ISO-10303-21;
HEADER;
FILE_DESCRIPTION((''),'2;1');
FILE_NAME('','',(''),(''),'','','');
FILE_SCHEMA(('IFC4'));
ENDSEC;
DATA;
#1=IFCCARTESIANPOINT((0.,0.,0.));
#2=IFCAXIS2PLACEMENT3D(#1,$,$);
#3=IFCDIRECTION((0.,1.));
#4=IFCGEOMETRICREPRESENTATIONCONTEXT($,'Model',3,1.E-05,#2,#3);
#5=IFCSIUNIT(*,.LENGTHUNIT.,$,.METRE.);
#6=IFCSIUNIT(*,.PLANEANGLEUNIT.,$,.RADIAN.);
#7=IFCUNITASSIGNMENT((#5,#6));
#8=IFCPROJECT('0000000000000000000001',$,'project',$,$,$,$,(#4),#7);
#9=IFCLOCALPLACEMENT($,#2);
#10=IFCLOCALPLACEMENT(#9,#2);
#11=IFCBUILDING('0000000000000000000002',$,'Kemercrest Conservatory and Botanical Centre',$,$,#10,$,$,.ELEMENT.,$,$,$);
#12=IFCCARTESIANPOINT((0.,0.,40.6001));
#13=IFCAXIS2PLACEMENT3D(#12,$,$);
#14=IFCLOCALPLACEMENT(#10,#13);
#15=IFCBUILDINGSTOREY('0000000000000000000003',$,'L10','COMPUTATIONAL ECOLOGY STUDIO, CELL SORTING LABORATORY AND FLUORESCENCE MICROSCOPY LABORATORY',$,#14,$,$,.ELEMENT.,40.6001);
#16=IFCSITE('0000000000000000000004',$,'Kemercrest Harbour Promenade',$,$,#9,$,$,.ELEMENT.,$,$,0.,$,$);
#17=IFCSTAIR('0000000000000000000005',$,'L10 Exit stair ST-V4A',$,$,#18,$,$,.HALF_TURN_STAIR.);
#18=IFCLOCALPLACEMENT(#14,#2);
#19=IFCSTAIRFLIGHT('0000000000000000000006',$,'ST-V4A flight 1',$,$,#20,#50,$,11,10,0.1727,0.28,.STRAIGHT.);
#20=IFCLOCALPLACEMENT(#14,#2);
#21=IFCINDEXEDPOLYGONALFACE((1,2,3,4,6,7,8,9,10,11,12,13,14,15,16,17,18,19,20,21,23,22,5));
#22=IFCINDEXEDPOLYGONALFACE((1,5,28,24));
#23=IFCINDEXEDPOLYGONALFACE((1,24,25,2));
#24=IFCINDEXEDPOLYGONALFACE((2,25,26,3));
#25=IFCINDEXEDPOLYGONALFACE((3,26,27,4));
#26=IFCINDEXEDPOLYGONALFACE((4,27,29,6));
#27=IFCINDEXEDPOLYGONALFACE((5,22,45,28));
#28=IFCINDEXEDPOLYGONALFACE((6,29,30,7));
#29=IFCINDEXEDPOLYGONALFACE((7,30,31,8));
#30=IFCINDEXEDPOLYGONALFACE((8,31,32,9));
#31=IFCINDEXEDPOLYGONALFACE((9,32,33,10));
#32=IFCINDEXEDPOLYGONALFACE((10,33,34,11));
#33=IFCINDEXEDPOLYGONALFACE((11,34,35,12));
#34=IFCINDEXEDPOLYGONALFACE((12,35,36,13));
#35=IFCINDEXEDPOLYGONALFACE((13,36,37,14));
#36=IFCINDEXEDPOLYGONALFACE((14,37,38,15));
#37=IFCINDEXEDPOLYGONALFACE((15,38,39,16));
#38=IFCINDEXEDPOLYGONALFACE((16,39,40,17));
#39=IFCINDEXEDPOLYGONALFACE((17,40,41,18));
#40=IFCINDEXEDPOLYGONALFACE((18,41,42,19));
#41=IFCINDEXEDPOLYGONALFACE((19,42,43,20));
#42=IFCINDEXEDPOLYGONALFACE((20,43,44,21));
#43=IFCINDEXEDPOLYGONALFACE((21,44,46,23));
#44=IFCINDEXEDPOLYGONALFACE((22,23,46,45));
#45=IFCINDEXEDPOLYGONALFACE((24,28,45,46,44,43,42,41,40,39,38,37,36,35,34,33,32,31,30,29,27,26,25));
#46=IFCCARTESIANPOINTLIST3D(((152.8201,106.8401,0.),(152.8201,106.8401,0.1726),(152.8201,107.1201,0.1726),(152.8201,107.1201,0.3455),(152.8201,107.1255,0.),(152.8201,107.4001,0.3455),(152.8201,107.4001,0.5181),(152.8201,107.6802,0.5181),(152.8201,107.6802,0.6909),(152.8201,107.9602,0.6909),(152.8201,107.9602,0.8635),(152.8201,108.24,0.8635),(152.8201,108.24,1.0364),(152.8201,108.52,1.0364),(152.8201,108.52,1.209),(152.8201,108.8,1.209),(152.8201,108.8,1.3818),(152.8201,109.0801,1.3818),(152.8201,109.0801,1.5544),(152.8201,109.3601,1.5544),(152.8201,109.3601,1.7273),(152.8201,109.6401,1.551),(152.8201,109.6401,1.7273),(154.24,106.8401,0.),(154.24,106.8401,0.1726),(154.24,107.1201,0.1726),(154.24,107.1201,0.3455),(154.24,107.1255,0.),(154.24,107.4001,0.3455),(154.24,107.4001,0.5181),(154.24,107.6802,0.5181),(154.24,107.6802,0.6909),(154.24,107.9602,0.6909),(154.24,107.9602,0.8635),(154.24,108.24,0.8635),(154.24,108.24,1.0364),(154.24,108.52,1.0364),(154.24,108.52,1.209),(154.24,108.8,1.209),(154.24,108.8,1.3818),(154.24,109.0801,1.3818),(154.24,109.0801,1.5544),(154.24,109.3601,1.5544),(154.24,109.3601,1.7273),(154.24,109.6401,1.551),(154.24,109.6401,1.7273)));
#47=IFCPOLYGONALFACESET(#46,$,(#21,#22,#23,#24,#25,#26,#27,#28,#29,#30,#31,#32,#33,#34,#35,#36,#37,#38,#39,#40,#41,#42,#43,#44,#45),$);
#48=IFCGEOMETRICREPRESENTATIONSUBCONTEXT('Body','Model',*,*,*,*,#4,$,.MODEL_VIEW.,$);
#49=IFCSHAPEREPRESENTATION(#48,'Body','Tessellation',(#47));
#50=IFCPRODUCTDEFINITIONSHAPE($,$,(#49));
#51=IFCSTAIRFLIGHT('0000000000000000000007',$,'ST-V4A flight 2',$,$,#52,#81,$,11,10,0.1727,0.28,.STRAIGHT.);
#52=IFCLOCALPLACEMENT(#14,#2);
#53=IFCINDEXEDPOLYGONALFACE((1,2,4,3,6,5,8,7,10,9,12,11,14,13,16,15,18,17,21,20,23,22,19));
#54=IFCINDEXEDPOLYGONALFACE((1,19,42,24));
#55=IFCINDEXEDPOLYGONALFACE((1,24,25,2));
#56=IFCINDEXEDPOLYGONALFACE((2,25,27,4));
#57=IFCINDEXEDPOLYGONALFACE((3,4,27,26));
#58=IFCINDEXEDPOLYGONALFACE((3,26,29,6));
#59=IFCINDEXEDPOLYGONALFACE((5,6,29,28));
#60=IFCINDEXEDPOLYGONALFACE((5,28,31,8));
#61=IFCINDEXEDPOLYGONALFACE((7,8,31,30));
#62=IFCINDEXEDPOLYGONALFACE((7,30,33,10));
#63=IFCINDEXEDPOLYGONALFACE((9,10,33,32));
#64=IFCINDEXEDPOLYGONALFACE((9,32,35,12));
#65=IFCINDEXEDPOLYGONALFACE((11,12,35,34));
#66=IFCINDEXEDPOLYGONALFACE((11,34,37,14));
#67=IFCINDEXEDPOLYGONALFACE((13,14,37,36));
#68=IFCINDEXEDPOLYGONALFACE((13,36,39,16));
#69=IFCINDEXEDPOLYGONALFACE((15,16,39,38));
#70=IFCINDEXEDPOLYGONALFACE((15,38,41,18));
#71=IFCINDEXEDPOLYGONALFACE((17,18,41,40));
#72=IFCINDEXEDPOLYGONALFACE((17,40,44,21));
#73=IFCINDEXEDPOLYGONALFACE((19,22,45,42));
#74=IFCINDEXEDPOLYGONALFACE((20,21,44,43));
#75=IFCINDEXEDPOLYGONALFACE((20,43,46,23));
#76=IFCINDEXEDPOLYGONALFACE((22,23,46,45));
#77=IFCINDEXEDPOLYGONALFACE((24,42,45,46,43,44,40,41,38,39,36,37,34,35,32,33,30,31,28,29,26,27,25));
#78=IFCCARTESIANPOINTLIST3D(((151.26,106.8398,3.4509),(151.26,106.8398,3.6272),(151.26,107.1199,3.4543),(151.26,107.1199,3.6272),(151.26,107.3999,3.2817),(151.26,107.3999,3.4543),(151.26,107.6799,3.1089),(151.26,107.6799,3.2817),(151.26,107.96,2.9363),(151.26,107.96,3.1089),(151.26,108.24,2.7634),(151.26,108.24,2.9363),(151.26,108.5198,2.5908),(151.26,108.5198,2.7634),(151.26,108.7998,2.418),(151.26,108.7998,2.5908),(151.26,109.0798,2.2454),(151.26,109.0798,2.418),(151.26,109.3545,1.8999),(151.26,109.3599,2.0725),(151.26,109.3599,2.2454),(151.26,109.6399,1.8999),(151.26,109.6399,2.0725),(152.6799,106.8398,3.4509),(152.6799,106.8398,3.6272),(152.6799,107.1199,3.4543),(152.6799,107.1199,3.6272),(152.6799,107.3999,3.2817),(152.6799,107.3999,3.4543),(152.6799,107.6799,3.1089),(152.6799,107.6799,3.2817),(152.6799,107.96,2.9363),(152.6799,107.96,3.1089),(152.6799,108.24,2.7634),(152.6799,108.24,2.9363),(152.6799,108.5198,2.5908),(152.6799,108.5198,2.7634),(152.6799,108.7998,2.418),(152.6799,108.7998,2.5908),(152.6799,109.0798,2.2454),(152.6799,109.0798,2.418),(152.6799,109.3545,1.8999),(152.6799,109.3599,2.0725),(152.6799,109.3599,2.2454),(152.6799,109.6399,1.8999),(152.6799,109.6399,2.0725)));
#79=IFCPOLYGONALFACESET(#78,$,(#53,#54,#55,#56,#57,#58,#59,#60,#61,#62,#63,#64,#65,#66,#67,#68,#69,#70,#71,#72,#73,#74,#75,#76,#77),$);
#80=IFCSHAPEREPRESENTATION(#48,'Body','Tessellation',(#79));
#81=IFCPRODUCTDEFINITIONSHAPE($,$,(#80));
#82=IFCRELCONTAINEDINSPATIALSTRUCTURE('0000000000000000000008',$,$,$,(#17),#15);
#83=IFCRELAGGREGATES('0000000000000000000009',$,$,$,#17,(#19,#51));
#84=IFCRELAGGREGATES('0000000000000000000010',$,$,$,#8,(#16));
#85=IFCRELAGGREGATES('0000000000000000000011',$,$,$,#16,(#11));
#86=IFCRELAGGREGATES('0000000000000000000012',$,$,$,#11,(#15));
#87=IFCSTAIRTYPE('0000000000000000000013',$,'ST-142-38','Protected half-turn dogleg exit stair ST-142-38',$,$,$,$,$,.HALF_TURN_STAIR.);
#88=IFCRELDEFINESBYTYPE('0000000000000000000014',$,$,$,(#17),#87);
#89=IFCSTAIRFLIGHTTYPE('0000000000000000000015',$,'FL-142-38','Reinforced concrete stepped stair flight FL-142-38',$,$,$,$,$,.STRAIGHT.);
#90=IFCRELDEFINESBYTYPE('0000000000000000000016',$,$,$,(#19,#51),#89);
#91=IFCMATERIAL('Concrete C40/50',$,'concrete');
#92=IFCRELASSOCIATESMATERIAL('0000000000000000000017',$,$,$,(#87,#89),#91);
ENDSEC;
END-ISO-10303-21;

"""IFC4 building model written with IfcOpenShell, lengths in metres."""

from ifc_helpers import new_model, si_unit, direction, frame, origin, place, context, subcontext, project, spatial, polyline, outline, extrude, material, type_object, element, aggregate, save


model = new_model("IFC4")

# Units and contexts
model_context = context("Model", 3, precision=1e-05, world=origin(), true_north=direction((0.0, 1.0)))
body_context = subcontext(model_context, "Body", "Model", "MODEL_VIEW")
ifc_project = project(units=[si_unit("LENGTHUNIT", "METRE"), si_unit("PLANEANGLEUNIT", "RADIAN")], contexts=[model_context])

# Site, building, storey
site_placement = place(None, origin())
site = spatial("IfcSite", under=ifc_project, at=site_placement, Name="Kemercrest Harbour Promenade", CompositionType="ELEMENT", RefElevation=0.0)
building_placement = place(site_placement, origin())
building = spatial("IfcBuilding", under=site, at=building_placement, Name="Kemercrest Conservatory and Botanical Centre", CompositionType="ELEMENT")
storey_placement = place(building_placement, frame((0.0, 0.0, 40.6001)))
storey = spatial("IfcBuildingStorey", under=building, at=storey_placement, Name="L10", Description="COMPUTATIONAL ECOLOGY STUDIO, CELL SORTING LABORATORY AND FLUORESCENCE MICROSCOPY LABORATORY", CompositionType="ELEMENT", Elevation=40.6001)

# Shared definitions
ifc_material_1 = material(Name="Concrete C40/50", Category="concrete")

# Stair, stair flights
stair_type = type_object("IfcStairType", Name="ST-142-38", Description="Protected half-turn dogleg exit stair ST-142-38", PredefinedType="HALF_TURN_STAIR", material=ifc_material_1)
stair_placement = place(storey_placement, origin())
stair = element("IfcStair", 1, at=stair_placement, inside=storey, type_object=stair_type, Name="L10 Exit stair ST-V4A", PredefinedType="HALF_TURN_STAIR")
stair_flight_type = type_object("IfcStairFlightType", Name="FL-142-38", Description="Reinforced concrete stepped stair flight FL-142-38", PredefinedType="STRAIGHT", material=ifc_material_1)
stair_flight_1_placement = place(storey_placement, frame((153.53, 106.8401, 0.0), z_axis=(0.0, 0.0, 1.0), x_axis=(0.0, 1.0, 0.0)))
stair_flight_1 = element("IfcStairFlight", 2, at=stair_flight_1_placement, type_object=stair_flight_type, Name="ST-V4A flight 1", NumberOfRisers=11, NumberOfTreads=10, PredefinedType="STRAIGHT", RiserHeight=0.1727, TreadLength=0.28, context=body_context, shape_type="SweptSolid", body=[
    extrude(outline(polyline([(0.0, 0.0), (0.0, 0.1726), (0.28, 0.1726), (0.28, 0.3455), (0.5601, 0.3455), (0.5601, 0.5181), (0.8401, 0.5181), (0.8401, 0.6909), (1.1201, 0.6909), (1.1201, 0.8635), (1.3999, 0.8635), (1.3999, 1.0364), (1.6799, 1.0364), (1.6799, 1.209), (1.96, 1.209), (1.96, 1.3818), (2.24, 1.3818), (2.24, 1.5544), (2.52, 1.5544), (2.52, 1.7273), (2.8, 1.7273), (2.8, 1.8999), (2.8, 1.551), (0.2854, 0.0), (0.0, 0.0)])), frame((0.0, 0.71, 0.0), z_axis=(0.0, -1.0, 0.0), x_axis=(1.0, 0.0, 0.0)), (0.0, 0.0, 1.0), 1.4199),
])
stair_flight_2_placement = place(storey_placement, frame((151.97, 109.6399, 1.8999), z_axis=(0.0, 0.0, 1.0), x_axis=(0.0, -1.0, 0.0)))
stair_flight_2 = element("IfcStairFlight", 3, at=stair_flight_2_placement, type_object=stair_flight_type, Name="ST-V4A flight 2", NumberOfRisers=11, NumberOfTreads=10, PredefinedType="STRAIGHT", RiserHeight=0.1727, TreadLength=0.28, context=body_context, shape_type="SweptSolid", body=[
    extrude(outline(polyline([(0.0, 0.0), (0.0, 0.1726), (0.28, 0.1726), (0.28, 0.3455), (0.5601, 0.3455), (0.5601, 0.5181), (0.8401, 0.5181), (0.8401, 0.6909), (1.1201, 0.6909), (1.1201, 0.8635), (1.3999, 0.8635), (1.3999, 1.0364), (1.6799, 1.0364), (1.6799, 1.209), (1.96, 1.209), (1.96, 1.3818), (2.24, 1.3818), (2.24, 1.5544), (2.52, 1.5544), (2.52, 1.7273), (2.8, 1.7273), (2.8, 1.8999), (2.8, 1.551), (0.2854, 0.0), (0.0, 0.0)])), frame((0.0, 0.71, 0.0), z_axis=(0.0, -1.0, 0.0), x_axis=(1.0, 0.0, 0.0)), (0.0, 0.0, 1.0), 1.4199),
])
aggregate(stair, [stair_flight_1, stair_flight_2])

save(model, "model.ifc")
